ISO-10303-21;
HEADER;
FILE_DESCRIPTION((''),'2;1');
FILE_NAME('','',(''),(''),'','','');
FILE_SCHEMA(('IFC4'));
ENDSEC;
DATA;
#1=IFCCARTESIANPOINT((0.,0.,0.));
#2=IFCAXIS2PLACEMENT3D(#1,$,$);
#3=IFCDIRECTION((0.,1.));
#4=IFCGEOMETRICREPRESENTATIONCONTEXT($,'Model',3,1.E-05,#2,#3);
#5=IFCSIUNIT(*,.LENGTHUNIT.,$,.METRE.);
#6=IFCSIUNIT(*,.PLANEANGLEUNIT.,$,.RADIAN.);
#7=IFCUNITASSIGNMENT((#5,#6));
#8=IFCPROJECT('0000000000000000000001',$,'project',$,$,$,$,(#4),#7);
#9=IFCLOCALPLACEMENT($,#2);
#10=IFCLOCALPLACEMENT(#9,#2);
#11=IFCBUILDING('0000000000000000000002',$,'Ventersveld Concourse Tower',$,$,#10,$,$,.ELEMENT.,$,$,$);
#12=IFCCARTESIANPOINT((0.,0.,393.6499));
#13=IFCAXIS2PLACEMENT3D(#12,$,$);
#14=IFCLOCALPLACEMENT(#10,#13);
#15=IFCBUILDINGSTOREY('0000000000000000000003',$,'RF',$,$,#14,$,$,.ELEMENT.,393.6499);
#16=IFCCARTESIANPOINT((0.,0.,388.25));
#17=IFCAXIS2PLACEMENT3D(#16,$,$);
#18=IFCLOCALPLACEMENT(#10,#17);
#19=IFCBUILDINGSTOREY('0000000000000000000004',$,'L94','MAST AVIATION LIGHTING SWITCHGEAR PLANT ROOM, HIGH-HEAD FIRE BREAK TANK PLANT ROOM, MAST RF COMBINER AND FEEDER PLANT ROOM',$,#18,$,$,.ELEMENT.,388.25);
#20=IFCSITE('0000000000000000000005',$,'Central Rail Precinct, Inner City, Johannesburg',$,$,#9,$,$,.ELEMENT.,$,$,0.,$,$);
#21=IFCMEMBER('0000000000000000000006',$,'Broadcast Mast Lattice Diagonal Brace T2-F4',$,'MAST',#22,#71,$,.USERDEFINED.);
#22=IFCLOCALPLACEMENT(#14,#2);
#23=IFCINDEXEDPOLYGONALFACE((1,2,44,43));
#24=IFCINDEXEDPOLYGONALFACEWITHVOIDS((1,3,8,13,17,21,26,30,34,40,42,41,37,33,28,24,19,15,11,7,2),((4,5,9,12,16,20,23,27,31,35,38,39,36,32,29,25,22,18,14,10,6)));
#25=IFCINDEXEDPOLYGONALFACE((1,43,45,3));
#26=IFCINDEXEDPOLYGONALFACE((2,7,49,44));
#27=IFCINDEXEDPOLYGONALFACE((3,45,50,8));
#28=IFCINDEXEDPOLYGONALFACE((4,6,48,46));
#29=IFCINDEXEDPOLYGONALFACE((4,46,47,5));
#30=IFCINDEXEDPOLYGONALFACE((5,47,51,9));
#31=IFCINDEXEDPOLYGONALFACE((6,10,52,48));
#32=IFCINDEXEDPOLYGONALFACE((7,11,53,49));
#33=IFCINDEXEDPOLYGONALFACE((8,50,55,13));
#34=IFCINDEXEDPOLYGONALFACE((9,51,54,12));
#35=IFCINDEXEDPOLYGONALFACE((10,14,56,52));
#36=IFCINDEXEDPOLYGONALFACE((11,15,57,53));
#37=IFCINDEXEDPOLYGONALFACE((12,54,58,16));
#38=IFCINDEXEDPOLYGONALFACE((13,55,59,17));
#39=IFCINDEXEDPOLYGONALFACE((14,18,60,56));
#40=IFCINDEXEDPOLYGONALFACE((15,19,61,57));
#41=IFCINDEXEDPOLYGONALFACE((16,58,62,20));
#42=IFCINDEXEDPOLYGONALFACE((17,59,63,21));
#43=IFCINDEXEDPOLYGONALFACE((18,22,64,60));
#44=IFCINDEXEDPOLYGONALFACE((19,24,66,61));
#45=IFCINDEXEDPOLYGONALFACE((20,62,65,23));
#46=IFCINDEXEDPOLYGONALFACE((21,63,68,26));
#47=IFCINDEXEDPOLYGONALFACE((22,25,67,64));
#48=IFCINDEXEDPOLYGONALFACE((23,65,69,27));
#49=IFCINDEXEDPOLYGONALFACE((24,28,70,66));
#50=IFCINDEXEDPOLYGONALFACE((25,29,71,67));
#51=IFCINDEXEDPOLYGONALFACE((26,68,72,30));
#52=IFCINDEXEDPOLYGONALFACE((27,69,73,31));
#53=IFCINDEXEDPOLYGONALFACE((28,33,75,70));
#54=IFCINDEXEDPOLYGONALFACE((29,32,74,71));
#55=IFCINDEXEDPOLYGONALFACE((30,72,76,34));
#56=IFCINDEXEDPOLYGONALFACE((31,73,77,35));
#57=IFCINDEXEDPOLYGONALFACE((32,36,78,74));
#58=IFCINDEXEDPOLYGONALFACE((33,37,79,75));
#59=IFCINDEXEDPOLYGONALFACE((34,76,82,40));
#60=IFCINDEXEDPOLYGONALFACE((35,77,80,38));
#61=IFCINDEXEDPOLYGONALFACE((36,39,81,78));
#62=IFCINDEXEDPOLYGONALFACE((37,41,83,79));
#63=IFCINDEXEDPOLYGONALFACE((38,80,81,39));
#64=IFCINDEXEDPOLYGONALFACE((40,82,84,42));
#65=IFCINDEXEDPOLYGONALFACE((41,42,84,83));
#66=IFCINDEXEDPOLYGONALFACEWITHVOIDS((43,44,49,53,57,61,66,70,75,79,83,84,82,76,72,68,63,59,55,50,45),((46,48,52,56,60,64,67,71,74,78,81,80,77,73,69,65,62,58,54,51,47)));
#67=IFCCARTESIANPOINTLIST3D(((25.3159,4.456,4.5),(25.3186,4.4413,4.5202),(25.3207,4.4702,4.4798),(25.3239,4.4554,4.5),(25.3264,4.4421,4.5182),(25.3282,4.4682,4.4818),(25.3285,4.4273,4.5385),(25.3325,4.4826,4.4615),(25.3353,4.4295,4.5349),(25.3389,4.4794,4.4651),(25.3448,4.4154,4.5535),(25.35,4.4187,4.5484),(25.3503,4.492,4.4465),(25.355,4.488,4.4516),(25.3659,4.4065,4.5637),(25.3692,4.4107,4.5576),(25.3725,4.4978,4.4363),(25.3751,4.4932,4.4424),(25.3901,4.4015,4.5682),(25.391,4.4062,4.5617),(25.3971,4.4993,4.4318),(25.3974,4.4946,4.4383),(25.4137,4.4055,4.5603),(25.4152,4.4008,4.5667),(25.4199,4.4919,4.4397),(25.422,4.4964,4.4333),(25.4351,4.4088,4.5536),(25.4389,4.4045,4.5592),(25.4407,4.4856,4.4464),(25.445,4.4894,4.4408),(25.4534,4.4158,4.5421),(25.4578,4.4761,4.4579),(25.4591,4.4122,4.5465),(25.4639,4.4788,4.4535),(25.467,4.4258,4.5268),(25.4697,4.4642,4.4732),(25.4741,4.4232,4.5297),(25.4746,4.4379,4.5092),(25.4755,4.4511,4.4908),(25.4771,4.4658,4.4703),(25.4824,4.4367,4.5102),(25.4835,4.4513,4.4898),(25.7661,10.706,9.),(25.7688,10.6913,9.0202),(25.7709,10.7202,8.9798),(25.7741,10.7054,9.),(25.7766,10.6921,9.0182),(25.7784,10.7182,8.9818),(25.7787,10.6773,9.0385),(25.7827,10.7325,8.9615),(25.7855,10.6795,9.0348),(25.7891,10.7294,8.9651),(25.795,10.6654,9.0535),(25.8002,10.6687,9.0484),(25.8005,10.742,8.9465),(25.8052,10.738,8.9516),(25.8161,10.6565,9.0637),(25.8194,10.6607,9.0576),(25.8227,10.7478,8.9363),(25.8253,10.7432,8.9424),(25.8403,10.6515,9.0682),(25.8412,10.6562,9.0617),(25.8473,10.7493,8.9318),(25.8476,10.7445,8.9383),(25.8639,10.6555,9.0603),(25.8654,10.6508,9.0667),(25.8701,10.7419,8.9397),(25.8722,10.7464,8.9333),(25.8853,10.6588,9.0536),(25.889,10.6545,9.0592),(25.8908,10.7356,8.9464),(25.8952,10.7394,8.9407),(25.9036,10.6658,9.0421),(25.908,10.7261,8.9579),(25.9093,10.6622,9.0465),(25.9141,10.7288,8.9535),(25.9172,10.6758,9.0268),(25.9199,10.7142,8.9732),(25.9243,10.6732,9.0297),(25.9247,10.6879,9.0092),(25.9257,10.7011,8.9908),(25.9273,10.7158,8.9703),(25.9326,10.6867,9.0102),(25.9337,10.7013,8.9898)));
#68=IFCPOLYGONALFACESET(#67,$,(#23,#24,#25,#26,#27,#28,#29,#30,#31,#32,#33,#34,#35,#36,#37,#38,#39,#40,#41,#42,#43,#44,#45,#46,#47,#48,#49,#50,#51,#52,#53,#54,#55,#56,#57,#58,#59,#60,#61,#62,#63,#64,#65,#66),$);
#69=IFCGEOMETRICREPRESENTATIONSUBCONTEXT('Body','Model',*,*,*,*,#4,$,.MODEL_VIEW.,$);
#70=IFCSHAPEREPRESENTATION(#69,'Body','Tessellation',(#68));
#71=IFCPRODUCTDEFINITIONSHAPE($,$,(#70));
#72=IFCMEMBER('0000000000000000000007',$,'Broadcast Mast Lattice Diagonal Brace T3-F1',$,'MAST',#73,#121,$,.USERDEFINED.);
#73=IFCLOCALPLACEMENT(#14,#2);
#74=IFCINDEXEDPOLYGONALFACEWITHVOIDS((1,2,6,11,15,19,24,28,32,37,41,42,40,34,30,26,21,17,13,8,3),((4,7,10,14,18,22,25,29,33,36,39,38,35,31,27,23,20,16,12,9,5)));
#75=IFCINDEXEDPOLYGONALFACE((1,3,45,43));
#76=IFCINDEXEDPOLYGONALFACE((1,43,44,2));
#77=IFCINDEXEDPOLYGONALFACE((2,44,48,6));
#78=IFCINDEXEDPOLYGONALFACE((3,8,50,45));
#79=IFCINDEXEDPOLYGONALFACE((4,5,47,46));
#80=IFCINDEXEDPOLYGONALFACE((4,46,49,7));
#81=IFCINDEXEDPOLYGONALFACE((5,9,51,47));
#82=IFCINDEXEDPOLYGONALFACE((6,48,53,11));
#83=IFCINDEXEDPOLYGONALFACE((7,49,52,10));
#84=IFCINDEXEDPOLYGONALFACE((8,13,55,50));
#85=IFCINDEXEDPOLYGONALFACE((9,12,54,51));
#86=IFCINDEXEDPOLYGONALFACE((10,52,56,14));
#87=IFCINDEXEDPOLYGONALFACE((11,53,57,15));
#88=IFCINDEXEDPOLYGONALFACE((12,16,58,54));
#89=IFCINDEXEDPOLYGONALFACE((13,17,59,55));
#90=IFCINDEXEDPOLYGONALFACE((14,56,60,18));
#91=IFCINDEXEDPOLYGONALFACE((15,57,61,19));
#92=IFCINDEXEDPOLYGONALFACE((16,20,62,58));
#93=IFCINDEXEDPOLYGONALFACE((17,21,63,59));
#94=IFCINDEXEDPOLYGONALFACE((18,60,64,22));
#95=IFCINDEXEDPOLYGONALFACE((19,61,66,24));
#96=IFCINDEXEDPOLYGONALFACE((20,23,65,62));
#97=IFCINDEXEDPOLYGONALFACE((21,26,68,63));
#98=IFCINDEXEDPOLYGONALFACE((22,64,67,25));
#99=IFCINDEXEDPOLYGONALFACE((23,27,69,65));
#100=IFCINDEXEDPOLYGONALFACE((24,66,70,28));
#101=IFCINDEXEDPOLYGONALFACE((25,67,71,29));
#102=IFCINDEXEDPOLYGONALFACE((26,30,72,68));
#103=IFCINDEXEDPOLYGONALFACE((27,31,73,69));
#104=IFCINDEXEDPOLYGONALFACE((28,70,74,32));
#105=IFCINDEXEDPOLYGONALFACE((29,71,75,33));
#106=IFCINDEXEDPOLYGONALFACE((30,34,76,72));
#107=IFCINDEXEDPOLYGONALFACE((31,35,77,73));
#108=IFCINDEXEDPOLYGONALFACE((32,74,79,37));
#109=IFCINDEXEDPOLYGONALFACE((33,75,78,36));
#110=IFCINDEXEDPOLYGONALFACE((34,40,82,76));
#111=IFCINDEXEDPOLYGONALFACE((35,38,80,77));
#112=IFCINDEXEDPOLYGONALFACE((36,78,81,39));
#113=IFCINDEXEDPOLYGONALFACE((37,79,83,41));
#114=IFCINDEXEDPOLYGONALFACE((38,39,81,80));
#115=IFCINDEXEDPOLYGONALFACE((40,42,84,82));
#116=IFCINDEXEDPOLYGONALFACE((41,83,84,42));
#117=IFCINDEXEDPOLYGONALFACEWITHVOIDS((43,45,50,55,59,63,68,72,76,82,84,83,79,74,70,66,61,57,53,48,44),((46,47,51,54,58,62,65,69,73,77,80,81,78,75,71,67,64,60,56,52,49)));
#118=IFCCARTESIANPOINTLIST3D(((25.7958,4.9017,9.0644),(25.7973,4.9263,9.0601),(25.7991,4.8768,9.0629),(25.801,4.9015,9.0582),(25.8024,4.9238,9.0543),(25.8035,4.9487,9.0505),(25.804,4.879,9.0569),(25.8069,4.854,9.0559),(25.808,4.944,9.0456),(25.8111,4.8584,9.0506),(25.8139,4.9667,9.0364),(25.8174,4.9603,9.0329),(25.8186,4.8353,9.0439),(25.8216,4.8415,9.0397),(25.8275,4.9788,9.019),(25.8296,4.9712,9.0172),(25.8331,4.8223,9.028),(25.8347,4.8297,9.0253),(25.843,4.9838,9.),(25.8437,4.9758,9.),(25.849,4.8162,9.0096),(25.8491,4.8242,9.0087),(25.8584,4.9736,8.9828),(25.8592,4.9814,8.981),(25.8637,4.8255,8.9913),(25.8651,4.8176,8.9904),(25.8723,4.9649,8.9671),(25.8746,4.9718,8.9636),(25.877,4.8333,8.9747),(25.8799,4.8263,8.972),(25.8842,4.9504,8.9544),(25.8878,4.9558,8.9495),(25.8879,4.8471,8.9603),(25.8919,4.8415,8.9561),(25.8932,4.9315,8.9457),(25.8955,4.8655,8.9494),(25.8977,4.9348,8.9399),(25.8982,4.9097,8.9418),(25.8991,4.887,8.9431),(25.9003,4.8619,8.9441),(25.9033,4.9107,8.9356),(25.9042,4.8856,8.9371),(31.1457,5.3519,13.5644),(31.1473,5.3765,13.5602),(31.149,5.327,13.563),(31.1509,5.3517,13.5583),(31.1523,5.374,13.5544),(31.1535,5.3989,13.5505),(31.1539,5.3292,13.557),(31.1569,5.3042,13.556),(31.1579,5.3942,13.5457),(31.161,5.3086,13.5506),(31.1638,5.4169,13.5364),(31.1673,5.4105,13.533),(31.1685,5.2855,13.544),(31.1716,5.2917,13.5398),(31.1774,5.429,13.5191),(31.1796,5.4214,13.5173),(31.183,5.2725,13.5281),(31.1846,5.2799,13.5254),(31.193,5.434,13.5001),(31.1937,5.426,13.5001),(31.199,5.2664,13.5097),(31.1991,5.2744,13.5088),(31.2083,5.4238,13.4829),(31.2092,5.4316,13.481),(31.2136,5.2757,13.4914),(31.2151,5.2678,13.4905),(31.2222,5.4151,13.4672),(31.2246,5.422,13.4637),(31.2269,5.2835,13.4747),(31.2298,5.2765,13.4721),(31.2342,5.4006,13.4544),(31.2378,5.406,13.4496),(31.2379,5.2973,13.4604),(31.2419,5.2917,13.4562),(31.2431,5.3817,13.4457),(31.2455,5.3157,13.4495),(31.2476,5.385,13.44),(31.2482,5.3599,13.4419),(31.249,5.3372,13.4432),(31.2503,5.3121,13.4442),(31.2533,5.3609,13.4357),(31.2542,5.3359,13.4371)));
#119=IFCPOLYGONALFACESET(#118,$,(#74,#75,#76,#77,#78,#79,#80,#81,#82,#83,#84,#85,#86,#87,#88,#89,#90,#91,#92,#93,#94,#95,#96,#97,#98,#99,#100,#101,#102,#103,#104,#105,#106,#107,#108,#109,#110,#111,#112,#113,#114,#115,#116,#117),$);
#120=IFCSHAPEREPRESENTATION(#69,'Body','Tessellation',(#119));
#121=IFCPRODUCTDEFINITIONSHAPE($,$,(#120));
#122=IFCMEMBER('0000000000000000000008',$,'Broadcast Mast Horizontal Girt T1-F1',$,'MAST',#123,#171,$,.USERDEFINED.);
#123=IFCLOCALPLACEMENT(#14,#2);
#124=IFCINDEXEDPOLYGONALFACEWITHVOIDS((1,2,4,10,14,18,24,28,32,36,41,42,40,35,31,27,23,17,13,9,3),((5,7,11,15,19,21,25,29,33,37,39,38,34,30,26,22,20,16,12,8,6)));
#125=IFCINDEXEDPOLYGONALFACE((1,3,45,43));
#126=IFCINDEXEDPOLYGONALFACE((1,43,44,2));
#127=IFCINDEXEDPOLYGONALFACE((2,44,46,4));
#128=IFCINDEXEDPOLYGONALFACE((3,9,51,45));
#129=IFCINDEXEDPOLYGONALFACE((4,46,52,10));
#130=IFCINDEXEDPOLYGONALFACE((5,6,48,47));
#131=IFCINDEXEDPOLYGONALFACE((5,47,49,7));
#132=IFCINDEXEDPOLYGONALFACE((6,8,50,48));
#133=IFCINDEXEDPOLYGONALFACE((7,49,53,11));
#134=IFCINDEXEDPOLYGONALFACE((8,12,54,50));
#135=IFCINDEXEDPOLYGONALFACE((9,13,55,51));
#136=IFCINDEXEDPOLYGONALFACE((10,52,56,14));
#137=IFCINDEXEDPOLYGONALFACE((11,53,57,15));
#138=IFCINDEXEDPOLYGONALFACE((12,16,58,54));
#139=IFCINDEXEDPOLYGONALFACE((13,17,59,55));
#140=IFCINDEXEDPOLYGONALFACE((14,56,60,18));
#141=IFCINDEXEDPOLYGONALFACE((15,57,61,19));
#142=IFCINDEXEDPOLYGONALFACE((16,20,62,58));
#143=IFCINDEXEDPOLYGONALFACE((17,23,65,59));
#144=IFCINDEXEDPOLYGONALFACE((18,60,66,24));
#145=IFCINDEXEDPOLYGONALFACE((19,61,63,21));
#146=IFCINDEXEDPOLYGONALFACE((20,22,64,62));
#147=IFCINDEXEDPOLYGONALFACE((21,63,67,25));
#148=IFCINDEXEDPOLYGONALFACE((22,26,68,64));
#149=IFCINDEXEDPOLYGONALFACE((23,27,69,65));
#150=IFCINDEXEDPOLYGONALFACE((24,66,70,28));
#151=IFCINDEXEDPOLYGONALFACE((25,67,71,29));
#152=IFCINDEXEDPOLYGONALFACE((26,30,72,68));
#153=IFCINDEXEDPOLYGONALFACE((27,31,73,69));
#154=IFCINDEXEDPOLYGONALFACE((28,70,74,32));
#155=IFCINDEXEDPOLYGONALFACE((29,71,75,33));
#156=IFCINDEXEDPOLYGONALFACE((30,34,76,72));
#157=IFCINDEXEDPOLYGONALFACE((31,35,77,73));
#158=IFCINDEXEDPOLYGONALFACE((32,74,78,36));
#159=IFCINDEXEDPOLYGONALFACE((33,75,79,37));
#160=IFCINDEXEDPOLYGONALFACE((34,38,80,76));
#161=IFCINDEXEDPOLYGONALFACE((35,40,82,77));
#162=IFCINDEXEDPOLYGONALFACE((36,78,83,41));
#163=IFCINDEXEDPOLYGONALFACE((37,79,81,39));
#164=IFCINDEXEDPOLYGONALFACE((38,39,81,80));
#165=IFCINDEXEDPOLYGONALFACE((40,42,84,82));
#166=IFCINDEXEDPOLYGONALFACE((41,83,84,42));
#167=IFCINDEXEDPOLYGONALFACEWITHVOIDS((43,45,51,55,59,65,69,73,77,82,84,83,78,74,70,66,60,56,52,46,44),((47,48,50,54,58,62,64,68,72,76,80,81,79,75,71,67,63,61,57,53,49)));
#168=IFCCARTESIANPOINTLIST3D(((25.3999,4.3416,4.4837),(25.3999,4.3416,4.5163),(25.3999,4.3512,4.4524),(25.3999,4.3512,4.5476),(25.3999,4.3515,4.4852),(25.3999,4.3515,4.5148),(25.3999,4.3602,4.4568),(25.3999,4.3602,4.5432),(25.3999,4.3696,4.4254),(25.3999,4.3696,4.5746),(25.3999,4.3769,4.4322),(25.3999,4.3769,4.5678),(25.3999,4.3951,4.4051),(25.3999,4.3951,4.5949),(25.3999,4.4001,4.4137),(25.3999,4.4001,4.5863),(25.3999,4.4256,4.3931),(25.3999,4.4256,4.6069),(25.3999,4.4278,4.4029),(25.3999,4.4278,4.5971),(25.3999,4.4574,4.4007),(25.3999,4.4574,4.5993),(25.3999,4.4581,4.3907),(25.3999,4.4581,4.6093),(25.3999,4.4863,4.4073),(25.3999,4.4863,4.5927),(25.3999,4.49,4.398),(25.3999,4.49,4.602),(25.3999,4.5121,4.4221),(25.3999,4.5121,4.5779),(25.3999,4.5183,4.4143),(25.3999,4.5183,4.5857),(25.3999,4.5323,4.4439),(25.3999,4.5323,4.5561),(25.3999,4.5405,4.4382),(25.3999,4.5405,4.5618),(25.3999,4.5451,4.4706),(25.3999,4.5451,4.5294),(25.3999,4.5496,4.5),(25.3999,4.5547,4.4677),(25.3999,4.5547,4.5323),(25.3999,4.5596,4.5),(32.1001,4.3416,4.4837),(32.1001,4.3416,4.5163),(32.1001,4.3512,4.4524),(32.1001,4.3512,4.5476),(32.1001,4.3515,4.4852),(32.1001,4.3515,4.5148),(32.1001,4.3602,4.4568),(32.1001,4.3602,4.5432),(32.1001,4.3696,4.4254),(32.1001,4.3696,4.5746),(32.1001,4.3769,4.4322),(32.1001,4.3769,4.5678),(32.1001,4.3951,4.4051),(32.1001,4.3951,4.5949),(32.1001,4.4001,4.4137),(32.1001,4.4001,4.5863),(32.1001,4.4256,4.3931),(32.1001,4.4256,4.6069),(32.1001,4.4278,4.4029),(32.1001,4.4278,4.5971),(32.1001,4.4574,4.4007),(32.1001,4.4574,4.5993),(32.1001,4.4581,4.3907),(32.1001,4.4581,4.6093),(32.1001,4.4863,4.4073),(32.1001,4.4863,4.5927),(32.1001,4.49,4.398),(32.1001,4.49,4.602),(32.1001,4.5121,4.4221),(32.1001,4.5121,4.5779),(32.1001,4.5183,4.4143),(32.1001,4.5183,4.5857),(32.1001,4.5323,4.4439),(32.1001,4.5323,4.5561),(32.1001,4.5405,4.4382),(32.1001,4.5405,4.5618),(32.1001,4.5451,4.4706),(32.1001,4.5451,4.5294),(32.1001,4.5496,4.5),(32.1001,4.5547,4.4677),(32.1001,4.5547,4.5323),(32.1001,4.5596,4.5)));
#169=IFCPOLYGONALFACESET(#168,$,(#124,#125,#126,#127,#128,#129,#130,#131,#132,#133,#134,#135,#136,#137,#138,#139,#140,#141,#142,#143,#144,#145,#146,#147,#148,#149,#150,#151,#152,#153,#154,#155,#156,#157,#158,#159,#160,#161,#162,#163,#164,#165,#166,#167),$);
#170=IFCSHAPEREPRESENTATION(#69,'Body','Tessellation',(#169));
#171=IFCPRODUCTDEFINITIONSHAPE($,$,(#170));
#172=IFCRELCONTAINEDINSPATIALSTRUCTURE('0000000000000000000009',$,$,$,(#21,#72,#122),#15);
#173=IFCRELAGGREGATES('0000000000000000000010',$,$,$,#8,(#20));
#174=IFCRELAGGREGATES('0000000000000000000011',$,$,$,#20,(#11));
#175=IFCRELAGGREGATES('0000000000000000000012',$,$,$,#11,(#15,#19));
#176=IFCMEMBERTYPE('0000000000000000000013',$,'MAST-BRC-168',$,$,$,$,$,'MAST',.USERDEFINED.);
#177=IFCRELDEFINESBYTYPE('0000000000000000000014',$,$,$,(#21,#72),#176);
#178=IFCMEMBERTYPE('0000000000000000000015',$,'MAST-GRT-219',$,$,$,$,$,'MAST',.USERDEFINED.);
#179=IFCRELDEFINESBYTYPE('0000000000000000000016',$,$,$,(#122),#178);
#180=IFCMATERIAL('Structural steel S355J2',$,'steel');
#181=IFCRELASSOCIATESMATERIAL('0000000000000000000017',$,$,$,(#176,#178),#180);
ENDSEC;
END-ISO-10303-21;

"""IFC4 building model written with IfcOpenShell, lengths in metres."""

from ifc_helpers import new_model, si_unit, direction, frame, origin, origin_2d, place, context, subcontext, project, spatial, hollow_circle, extrude, material, material_profile, profile_set, type_object, element, save


model = new_model("IFC4")

# Units and contexts
model_context = context("Model", 3, precision=1e-05, world=origin(), true_north=direction((0.0, 1.0)))
body_context = subcontext(model_context, "Body", "Model", "MODEL_VIEW")
ifc_project = project(units=[si_unit("LENGTHUNIT", "METRE"), si_unit("PLANEANGLEUNIT", "RADIAN")], contexts=[model_context])

# Site, building, storey
site_placement = place(None, origin())
site = spatial("IfcSite", under=ifc_project, at=site_placement, Name="Central Rail Precinct, Inner City, Johannesburg", CompositionType="ELEMENT", RefElevation=0.0)
building_placement = place(site_placement, origin())
building = spatial("IfcBuilding", under=site, at=building_placement, Name="Ventersveld Concourse Tower", CompositionType="ELEMENT")
storey_1_placement = place(building_placement, frame((0.0, 0.0, 393.6499)))
storey_1 = spatial("IfcBuildingStorey", under=building, at=storey_1_placement, Name="RF", CompositionType="ELEMENT", Elevation=393.6499)

# Members
ifc_material_1 = material(Name="Structural steel S355J2", Category="steel")
ifc_material_profile_1 = material_profile(ifc_material_1, hollow_circle(Radius=0.0842, WallThickness=0.0081, at=origin_2d()), Name="CHS 168.3x8")
ifc_profile_set_1 = profile_set([ifc_material_profile_1], Name="Structural steel S355J2")
member_type_1 = type_object("IfcMemberType", Name="MAST-BRC-168", ElementType="MAST", PredefinedType="USERDEFINED", material=ifc_profile_set_1)
for number, where, z_axis, x_axis, name in (
    (1, (25.3999, 4.45, 4.5), (0.058356, 0.810151, 0.583309), (-0.997416, 0.071845, 0.0), "Broadcast Mast Lattice Diagonal Brace T2-F4"),
):
    element("IfcMember", number, at=place(storey_1_placement, frame(where, z_axis=z_axis, x_axis=x_axis)), inside=storey_1, type_object=member_type_1, Name=name, ObjectType="MAST", PredefinedType="USERDEFINED", context=body_context, shape_type="SweptSolid", body=[
        extrude(hollow_circle(Radius=0.0842, WallThickness=0.0081, at=origin_2d()), origin(), (0.0, 0.0, 1.0), 7.7146),
    ])
member_1_placement = place(storey_1_placement, frame((25.8501, 4.8999, 9.0), z_axis=(0.763691, 0.064265, 0.642375), x_axis=(-0.083855, 0.996478, 0.0)))
element("IfcMember", 2, at=member_1_placement, inside=storey_1, type_object=member_type_1, Name="Broadcast Mast Lattice Diagonal Brace T3-F1", ObjectType="MAST", PredefinedType="USERDEFINED", context=body_context, shape_type="SweptSolid", body=[
    extrude(hollow_circle(Radius=0.0842, WallThickness=0.0081, at=origin_2d()), origin(), (0.0, 0.0, 1.0), 7.0054),
])
ifc_material_profile_2 = material_profile(ifc_material_1, hollow_circle(Radius=0.1096, WallThickness=0.01, at=origin_2d()), Name="CHS 219.1x10")
ifc_profile_set_2 = profile_set([ifc_material_profile_2], Name="Structural steel S355J2")
member_type_2 = type_object("IfcMemberType", Name="MAST-GRT-219", ElementType="MAST", PredefinedType="USERDEFINED", material=ifc_profile_set_2)
member_2_placement = place(storey_1_placement, frame((25.3999, 4.45, 4.5), z_axis=(1.0, 0.0, 0.0), x_axis=(0.0, 1.0, 0.0)))
element("IfcMember", 3, at=member_2_placement, inside=storey_1, type_object=member_type_2, Name="Broadcast Mast Horizontal Girt T1-F1", ObjectType="MAST", PredefinedType="USERDEFINED", context=body_context, shape_type="SweptSolid", body=[
    extrude(hollow_circle(Radius=0.1096, WallThickness=0.01, at=origin_2d()), origin(), (0.0, 0.0, 1.0), 6.7002),
])

# Shared definitions
storey_2_placement = place(building_placement, frame((0.0, 0.0, 388.25)))
storey_2 = spatial("IfcBuildingStorey", under=building, at=storey_2_placement, Name="L94", Description="MAST AVIATION LIGHTING SWITCHGEAR PLANT ROOM, HIGH-HEAD FIRE BREAK TANK PLANT ROOM, MAST RF COMBINER AND FEEDER PLANT ROOM", CompositionType="ELEMENT", Elevation=388.25)

save(model, "model.ifc")
